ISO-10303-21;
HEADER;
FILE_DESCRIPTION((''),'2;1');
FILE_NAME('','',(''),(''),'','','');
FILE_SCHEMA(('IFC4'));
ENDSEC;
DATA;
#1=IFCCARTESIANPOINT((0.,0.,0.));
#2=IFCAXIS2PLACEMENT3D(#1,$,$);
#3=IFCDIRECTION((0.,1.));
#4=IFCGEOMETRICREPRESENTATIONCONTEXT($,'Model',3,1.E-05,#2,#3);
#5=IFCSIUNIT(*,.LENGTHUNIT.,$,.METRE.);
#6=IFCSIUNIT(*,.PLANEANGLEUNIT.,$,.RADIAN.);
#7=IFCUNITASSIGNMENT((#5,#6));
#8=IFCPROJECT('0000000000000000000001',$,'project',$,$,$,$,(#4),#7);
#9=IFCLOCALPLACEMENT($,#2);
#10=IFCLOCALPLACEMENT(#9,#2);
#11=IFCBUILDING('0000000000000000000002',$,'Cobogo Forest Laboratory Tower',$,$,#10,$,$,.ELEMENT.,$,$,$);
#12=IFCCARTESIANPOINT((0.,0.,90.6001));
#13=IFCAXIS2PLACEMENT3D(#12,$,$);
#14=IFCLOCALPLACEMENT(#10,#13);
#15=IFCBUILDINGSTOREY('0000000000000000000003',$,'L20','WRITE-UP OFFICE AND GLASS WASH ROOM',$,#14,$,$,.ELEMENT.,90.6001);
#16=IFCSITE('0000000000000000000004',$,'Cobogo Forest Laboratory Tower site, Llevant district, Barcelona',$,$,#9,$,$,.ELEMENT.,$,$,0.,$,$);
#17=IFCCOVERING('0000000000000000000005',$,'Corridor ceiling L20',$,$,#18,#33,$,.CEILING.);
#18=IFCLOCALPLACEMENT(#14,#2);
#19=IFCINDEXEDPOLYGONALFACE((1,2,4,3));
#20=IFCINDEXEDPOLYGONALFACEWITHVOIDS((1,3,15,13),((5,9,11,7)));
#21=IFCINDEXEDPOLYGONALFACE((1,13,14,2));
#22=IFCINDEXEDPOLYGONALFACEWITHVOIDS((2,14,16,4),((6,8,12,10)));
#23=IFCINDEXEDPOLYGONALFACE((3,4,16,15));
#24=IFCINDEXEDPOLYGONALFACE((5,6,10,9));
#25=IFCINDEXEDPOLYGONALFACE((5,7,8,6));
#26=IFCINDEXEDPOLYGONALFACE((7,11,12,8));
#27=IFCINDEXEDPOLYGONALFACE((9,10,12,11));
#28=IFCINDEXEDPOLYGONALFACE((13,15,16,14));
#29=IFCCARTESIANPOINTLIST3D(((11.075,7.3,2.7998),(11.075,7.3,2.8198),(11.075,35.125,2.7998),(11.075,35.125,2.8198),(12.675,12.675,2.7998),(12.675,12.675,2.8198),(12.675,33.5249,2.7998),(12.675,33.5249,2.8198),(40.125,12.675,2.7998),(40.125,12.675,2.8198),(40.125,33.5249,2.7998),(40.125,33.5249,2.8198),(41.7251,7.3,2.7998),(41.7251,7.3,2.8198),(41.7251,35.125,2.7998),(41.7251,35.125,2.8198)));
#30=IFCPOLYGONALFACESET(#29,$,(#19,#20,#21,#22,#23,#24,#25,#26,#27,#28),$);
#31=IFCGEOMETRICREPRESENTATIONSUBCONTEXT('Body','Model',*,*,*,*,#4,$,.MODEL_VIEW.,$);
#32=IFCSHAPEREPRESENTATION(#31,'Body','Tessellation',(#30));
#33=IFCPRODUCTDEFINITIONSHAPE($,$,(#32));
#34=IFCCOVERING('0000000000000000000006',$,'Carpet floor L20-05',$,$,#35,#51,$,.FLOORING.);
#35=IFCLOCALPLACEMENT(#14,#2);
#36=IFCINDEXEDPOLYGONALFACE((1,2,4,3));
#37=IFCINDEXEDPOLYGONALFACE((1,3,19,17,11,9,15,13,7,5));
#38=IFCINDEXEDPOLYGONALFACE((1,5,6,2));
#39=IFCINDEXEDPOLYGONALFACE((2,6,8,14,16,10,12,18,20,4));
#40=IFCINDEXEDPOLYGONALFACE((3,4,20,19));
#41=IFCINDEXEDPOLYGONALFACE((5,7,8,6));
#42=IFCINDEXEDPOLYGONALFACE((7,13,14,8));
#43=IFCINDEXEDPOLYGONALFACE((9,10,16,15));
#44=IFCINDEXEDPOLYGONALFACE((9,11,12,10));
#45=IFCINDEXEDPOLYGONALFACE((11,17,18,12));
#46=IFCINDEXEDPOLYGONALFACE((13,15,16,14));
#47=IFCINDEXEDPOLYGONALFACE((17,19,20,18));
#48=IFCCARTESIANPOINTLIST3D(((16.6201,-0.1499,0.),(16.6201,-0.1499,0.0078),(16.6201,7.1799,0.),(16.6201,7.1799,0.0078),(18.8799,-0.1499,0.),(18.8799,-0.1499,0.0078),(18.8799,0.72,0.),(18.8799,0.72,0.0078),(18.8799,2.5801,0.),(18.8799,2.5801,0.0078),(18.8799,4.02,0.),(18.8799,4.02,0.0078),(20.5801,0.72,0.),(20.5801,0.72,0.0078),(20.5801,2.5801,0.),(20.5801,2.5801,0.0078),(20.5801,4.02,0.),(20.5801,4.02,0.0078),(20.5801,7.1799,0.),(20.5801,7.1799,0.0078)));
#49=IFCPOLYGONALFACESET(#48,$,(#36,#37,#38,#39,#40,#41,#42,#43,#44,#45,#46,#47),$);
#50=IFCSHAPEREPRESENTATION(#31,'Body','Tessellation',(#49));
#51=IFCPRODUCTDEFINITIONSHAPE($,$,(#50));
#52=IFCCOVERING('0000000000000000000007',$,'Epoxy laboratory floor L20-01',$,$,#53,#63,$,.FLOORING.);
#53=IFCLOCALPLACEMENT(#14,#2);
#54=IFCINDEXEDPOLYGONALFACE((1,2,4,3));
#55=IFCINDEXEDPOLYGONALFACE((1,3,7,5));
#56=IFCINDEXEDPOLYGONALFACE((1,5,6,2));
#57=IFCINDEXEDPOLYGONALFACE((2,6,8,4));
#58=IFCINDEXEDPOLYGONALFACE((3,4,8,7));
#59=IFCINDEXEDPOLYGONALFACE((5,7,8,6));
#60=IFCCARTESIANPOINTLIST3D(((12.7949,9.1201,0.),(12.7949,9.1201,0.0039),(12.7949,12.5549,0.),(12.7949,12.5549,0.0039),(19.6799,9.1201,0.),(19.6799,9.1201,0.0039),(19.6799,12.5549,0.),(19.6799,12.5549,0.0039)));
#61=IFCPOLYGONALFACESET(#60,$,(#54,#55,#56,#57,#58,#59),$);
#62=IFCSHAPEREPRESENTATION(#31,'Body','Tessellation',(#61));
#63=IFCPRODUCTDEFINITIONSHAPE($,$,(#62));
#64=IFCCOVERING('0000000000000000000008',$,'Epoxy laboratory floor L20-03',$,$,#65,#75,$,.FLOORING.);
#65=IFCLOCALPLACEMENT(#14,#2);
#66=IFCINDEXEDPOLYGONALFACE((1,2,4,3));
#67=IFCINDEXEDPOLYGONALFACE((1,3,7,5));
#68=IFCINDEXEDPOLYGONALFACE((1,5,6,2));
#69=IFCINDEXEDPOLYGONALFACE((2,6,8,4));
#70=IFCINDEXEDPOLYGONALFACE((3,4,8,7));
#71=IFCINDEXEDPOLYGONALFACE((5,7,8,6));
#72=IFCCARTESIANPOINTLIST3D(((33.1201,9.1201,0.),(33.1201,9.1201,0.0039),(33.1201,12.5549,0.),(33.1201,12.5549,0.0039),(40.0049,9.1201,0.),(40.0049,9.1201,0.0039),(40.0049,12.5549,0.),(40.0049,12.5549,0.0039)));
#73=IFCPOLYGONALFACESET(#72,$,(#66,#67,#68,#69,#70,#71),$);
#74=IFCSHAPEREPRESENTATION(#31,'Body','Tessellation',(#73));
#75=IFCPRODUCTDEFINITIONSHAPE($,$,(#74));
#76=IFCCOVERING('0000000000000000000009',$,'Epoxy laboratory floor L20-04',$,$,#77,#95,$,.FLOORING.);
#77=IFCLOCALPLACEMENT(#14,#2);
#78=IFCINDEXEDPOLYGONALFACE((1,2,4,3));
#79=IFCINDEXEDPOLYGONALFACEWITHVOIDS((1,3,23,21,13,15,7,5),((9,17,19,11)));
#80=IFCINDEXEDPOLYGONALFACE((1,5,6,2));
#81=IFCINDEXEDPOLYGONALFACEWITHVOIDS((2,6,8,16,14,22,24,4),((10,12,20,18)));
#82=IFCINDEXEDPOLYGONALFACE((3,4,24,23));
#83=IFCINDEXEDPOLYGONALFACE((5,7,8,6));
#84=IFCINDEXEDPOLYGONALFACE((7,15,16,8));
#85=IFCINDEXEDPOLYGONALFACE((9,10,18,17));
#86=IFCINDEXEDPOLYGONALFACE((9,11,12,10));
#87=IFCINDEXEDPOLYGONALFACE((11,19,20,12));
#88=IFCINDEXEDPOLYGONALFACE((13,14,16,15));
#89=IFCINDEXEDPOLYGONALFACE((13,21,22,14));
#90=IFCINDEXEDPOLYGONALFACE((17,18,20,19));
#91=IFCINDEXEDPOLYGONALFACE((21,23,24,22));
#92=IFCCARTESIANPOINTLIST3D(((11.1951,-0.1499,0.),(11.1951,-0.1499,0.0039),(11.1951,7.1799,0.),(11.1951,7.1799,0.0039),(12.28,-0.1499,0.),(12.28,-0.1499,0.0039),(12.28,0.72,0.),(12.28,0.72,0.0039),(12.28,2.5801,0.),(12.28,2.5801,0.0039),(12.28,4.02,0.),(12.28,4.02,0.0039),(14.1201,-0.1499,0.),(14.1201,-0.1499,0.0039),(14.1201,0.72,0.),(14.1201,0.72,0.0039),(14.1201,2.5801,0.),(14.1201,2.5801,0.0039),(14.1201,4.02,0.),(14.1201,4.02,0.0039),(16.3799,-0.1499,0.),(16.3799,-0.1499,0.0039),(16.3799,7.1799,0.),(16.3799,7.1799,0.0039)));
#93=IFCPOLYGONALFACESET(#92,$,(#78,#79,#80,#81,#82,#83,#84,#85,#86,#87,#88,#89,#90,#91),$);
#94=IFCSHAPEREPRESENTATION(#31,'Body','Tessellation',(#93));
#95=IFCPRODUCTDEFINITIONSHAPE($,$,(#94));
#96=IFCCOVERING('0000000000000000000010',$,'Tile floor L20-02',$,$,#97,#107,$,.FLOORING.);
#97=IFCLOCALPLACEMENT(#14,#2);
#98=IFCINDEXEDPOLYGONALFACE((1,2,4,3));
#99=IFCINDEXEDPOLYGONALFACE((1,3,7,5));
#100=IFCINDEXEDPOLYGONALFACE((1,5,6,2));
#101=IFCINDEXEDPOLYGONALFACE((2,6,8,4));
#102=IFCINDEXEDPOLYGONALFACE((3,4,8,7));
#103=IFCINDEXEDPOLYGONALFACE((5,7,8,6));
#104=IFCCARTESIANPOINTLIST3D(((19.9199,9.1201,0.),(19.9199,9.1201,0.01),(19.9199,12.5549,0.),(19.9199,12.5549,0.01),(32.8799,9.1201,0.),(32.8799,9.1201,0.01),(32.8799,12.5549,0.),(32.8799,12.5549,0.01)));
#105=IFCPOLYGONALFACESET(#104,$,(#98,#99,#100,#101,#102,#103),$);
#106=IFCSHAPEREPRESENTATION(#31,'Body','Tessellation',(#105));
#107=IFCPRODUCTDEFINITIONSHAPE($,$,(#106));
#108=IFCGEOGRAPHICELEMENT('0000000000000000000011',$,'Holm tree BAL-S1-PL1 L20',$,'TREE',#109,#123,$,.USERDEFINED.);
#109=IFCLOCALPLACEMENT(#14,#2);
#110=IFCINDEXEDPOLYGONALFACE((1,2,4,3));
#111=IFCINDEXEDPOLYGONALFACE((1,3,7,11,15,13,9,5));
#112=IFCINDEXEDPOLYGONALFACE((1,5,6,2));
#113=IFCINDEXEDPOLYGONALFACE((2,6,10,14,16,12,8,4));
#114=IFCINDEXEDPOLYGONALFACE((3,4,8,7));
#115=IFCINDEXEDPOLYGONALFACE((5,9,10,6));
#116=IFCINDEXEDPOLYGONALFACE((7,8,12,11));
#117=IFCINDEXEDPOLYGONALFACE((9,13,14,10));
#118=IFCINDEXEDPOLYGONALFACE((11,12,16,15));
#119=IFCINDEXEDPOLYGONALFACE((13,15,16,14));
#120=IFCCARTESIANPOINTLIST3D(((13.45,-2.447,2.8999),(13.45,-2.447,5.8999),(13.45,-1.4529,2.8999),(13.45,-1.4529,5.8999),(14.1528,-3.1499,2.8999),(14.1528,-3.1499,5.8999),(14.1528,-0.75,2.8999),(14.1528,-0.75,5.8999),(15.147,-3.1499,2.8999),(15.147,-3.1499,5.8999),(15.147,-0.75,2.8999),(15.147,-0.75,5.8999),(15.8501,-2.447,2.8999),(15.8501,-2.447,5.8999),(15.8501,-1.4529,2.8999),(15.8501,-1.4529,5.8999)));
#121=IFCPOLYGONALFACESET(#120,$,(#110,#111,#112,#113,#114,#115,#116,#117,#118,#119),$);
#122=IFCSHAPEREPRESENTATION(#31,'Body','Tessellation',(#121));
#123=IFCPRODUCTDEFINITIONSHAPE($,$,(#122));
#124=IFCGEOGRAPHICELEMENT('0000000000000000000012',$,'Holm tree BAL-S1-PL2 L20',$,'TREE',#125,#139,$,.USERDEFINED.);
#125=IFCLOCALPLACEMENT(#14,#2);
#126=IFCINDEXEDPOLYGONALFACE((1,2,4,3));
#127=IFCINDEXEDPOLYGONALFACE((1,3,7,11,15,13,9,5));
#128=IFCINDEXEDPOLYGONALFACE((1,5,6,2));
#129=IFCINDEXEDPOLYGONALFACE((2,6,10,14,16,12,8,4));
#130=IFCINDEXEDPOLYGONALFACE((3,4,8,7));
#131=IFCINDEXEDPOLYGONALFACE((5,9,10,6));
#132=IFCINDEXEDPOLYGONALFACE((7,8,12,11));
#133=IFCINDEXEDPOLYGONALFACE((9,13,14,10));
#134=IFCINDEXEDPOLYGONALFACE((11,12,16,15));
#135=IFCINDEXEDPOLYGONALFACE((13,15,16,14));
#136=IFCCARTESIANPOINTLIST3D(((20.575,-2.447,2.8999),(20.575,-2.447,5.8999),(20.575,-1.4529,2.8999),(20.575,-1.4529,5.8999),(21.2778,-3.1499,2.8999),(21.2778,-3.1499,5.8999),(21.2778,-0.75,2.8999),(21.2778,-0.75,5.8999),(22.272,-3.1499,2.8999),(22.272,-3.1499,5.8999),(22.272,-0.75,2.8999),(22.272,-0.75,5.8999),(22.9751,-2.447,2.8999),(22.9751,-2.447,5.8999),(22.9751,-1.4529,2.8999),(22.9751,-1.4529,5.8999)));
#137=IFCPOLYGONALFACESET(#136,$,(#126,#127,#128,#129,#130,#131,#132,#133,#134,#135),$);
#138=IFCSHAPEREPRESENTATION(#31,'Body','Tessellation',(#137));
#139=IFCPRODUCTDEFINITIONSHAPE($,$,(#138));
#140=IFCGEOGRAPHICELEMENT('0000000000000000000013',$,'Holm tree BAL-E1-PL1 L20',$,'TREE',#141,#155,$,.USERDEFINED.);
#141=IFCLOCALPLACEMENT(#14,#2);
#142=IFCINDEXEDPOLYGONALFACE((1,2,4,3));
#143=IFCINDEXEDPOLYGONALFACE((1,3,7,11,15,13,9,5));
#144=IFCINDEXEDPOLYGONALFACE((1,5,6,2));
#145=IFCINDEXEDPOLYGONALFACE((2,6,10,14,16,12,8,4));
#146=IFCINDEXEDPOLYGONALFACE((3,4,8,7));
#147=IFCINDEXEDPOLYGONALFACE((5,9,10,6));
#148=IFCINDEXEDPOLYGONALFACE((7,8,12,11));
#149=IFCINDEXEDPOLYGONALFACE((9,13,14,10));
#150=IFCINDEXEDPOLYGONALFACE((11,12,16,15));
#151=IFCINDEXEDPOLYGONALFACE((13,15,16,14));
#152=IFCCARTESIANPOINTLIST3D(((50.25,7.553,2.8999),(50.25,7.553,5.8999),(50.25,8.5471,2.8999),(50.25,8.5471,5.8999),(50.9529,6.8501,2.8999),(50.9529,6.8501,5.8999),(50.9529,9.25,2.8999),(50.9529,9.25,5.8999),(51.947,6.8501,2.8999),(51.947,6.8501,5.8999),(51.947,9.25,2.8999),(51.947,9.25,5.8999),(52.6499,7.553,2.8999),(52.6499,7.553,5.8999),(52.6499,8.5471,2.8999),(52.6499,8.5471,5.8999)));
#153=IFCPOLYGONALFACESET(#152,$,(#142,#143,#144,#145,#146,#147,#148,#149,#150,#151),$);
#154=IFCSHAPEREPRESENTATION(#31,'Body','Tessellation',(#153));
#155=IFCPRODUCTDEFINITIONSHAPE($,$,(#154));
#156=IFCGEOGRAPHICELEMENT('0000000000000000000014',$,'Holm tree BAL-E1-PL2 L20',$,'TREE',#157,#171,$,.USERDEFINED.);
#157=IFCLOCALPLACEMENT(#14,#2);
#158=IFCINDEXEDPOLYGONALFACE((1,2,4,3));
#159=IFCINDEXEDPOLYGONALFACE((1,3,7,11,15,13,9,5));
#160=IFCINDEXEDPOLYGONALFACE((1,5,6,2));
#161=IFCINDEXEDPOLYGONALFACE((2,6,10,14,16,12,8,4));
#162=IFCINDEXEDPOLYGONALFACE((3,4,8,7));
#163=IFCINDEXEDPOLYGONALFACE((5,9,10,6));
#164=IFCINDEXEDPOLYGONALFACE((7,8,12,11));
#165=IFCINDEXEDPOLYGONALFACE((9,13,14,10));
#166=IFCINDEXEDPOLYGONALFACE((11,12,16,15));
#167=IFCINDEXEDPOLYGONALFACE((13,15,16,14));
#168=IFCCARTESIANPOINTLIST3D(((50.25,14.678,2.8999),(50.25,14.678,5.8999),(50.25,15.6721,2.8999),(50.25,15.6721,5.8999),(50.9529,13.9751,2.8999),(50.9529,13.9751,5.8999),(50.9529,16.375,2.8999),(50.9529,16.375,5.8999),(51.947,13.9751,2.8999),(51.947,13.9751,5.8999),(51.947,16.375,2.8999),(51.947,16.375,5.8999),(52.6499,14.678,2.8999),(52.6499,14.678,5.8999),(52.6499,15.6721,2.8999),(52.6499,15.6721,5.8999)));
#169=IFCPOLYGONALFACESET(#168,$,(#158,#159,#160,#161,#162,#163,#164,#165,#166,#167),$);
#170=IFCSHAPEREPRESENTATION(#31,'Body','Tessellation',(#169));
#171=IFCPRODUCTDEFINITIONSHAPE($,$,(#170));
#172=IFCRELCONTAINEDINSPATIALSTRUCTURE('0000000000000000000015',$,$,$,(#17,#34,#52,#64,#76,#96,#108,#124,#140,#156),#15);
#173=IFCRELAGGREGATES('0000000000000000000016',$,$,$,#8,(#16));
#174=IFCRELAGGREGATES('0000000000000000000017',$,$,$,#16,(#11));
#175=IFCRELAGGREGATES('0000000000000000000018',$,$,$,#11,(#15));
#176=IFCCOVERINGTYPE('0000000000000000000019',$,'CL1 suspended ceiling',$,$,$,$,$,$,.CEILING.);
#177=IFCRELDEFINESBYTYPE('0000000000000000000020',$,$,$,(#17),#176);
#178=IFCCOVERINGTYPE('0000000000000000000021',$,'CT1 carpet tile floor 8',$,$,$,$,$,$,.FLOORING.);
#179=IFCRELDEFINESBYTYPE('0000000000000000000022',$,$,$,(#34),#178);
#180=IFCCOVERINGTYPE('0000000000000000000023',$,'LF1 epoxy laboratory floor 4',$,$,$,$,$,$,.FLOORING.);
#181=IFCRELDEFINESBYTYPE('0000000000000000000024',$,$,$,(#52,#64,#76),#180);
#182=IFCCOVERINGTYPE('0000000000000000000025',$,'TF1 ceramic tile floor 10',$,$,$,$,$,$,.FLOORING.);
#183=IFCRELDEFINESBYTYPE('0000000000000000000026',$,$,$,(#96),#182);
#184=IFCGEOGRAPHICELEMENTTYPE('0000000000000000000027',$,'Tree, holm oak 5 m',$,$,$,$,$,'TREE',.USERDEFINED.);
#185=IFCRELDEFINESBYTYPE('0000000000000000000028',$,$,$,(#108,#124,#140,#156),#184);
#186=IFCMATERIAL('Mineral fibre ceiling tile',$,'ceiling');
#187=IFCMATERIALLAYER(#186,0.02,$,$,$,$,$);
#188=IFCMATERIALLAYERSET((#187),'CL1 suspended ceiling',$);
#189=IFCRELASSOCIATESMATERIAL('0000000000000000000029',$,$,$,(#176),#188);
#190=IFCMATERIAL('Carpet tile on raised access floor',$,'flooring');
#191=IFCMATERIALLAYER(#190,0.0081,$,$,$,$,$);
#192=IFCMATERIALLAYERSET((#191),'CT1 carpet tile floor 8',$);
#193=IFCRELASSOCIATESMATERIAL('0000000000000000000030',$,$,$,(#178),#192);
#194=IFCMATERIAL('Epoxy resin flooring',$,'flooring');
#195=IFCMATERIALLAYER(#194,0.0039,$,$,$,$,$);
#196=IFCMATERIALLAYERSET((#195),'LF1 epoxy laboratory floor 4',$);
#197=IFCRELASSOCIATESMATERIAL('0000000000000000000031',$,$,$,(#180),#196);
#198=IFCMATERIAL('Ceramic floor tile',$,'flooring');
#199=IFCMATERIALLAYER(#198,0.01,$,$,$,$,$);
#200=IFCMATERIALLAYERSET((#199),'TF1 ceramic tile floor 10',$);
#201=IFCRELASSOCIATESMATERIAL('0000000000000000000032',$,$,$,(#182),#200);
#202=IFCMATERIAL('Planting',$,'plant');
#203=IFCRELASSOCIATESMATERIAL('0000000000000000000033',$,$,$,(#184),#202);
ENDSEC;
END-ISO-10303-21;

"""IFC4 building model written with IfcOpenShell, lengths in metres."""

from ifc_helpers import new_model, si_unit, direction, frame, origin, place, context, subcontext, project, spatial, polyline, outline, extrude, material, layer, layer_set, type_object, element, save


model = new_model("IFC4")

# Units and contexts
model_context = context("Model", 3, precision=1e-05, world=origin(), true_north=direction((0.0, 1.0)))
body_context = subcontext(model_context, "Body", "Model", "MODEL_VIEW")
ifc_project = project(units=[si_unit("LENGTHUNIT", "METRE"), si_unit("PLANEANGLEUNIT", "RADIAN")], contexts=[model_context])

# Site, building, storey
site_placement = place(None, origin())
site = spatial("IfcSite", under=ifc_project, at=site_placement, Name="Cobogo Forest Laboratory Tower site, Llevant district, Barcelona", CompositionType="ELEMENT", RefElevation=0.0)
building_placement = place(site_placement, origin())
building = spatial("IfcBuilding", under=site, at=building_placement, Name="Cobogo Forest Laboratory Tower", CompositionType="ELEMENT")
storey_placement = place(building_placement, frame((0.0, 0.0, 90.6001)))
storey = spatial("IfcBuildingStorey", under=building, at=storey_placement, Name="L20", Description="WRITE-UP OFFICE AND GLASS WASH ROOM", CompositionType="ELEMENT", Elevation=90.6001)

# Coverings
ifc_material_1 = material(Name="Mineral fibre ceiling tile", Category="ceiling")
ifc_layer_1 = layer(ifc_material_1, 0.02)
ifc_layer_set_1 = layer_set([ifc_layer_1], Name="CL1 suspended ceiling")
covering_type_1 = type_object("IfcCoveringType", Name="CL1 suspended ceiling", PredefinedType="CEILING", material=ifc_layer_set_1)
covering_1_placement = place(storey_placement, frame((0.0, 0.0, 2.7998)))
element("IfcCovering", 1, at=covering_1_placement, inside=storey, type_object=covering_type_1, Name="Corridor ceiling L20", PredefinedType="CEILING", context=body_context, shape_type="SweptSolid", body=[
    extrude(outline(polyline([(11.075, 7.3), (11.075, 35.125), (41.7251, 35.125), (41.7251, 7.3), (11.075, 7.3)]), holes=[polyline([(40.125, 33.5249), (12.675, 33.5249), (12.675, 12.675), (40.125, 12.675), (40.125, 33.5249)])]), origin(), (0.0, 0.0, 1.0), 0.02),
])
ifc_material_2 = material(Name="Carpet tile on raised access floor", Category="flooring")
ifc_layer_2 = layer(ifc_material_2, 0.0081)
ifc_layer_set_2 = layer_set([ifc_layer_2], Name="CT1 carpet tile floor 8")
covering_type_2 = type_object("IfcCoveringType", Name="CT1 carpet tile floor 8", PredefinedType="FLOORING", material=ifc_layer_set_2)
covering_2_placement = place(storey_placement, origin())
element("IfcCovering", 2, at=covering_2_placement, inside=storey, type_object=covering_type_2, Name="Carpet floor L20-05", PredefinedType="FLOORING", context=body_context, shape_type="SweptSolid", body=[
    extrude(outline(polyline([(18.8799, 4.02), (18.8799, 2.5801), (20.5801, 2.5801), (20.5801, 0.72), (18.8799, 0.72), (18.8799, -0.1499), (16.6201, -0.1499), (16.6201, 7.1799), (20.5801, 7.1799), (20.5801, 4.02), (18.8799, 4.02)])), origin(), (0.0, 0.0, 1.0), 0.0078),
])
ifc_material_3 = material(Name="Epoxy resin flooring", Category="flooring")
ifc_layer_3 = layer(ifc_material_3, 0.0039)
ifc_layer_set_3 = layer_set([ifc_layer_3], Name="LF1 epoxy laboratory floor 4")
covering_type_3 = type_object("IfcCoveringType", Name="LF1 epoxy laboratory floor 4", PredefinedType="FLOORING", material=ifc_layer_set_3)
covering_3_placement = place(storey_placement, origin())
element("IfcCovering", 3, at=covering_3_placement, inside=storey, type_object=covering_type_3, Name="Epoxy laboratory floor L20-01", PredefinedType="FLOORING", context=body_context, shape_type="SweptSolid", body=[
    extrude(outline(polyline([(19.6799, 9.1201), (12.7949, 9.1201), (12.7949, 12.5549), (19.6799, 12.5549), (19.6799, 9.1201)])), origin(), (0.0, 0.0, 1.0), 0.0039),
])
covering_4_placement = place(storey_placement, origin())
element("IfcCovering", 4, at=covering_4_placement, inside=storey, type_object=covering_type_3, Name="Epoxy laboratory floor L20-03", PredefinedType="FLOORING", context=body_context, shape_type="SweptSolid", body=[
    extrude(outline(polyline([(40.0049, 9.1201), (33.1201, 9.1201), (33.1201, 12.5549), (40.0049, 12.5549), (40.0049, 9.1201)])), origin(), (0.0, 0.0, 1.0), 0.0039),
])
covering_5_placement = place(storey_placement, origin())
element("IfcCovering", 5, at=covering_5_placement, inside=storey, type_object=covering_type_3, Name="Epoxy laboratory floor L20-04", PredefinedType="FLOORING", context=body_context, shape_type="SweptSolid", body=[
    extrude(outline(polyline([(16.3799, 7.1799), (16.3799, -0.1499), (14.1201, -0.1499), (14.1201, 0.72), (12.28, 0.72), (12.28, -0.1499), (11.1951, -0.1499), (11.1951, 7.1799), (16.3799, 7.1799)]), holes=[polyline([(12.28, 4.02), (12.28, 2.5801), (14.1201, 2.5801), (14.1201, 4.02), (12.28, 4.02)])]), origin(), (0.0, 0.0, 1.0), 0.0039),
])
ifc_material_4 = material(Name="Ceramic floor tile", Category="flooring")
ifc_layer_4 = layer(ifc_material_4, 0.01)
ifc_layer_set_4 = layer_set([ifc_layer_4], Name="TF1 ceramic tile floor 10")
covering_type_4 = type_object("IfcCoveringType", Name="TF1 ceramic tile floor 10", PredefinedType="FLOORING", material=ifc_layer_set_4)
covering_6_placement = place(storey_placement, origin())
element("IfcCovering", 6, at=covering_6_placement, inside=storey, type_object=covering_type_4, Name="Tile floor L20-02", PredefinedType="FLOORING", context=body_context, shape_type="SweptSolid", body=[
    extrude(outline(polyline([(32.8799, 9.1201), (19.9199, 9.1201), (19.9199, 12.5549), (32.8799, 12.5549), (32.8799, 9.1201)])), origin(), (0.0, 0.0, 1.0), 0.01),
])

# Geographic elements
ifc_material_5 = material(Name="Planting", Category="plant")
geographic_element_type = type_object("IfcGeographicElementType", Name="Tree, holm oak 5 m", ElementType="TREE", PredefinedType="USERDEFINED", material=ifc_material_5)
geographic_element_1_placement = place(storey_placement, frame((0.0, 0.0, 2.8999)))
element("IfcGeographicElement", 7, at=geographic_element_1_placement, inside=storey, type_object=geographic_element_type, Name="Holm tree BAL-S1-PL1 L20", ObjectType="TREE", PredefinedType="USERDEFINED", context=body_context, shape_type="SweptSolid", body=[
    extrude(outline(polyline([(15.8501, -2.447), (15.8501, -1.4529), (15.147, -0.75), (14.1528, -0.75), (13.45, -1.4529), (13.45, -2.447), (14.1528, -3.1499), (15.147, -3.1499), (15.8501, -2.447)])), origin(), (0.0, 0.0, 1.0), 3.0),
])
geographic_element_2_placement = place(storey_placement, frame((0.0, 0.0, 2.8999)))
element("IfcGeographicElement", 8, at=geographic_element_2_placement, inside=storey, type_object=geographic_element_type, Name="Holm tree BAL-S1-PL2 L20", ObjectType="TREE", PredefinedType="USERDEFINED", context=body_context, shape_type="SweptSolid", body=[
    extrude(outline(polyline([(22.9751, -2.447), (22.9751, -1.4529), (22.272, -0.75), (21.2778, -0.75), (20.575, -1.4529), (20.575, -2.447), (21.2778, -3.1499), (22.272, -3.1499), (22.9751, -2.447)])), origin(), (0.0, 0.0, 1.0), 3.0),
])
geographic_element_3_placement = place(storey_placement, frame((0.0, 0.0, 2.8999)))
element("IfcGeographicElement", 9, at=geographic_element_3_placement, inside=storey, type_object=geographic_element_type, Name="Holm tree BAL-E1-PL1 L20", ObjectType="TREE", PredefinedType="USERDEFINED", context=body_context, shape_type="SweptSolid", body=[
    extrude(outline(polyline([(52.6499, 7.553), (52.6499, 8.5471), (51.947, 9.25), (50.9529, 9.25), (50.25, 8.5471), (50.25, 7.553), (50.9529, 6.8501), (51.947, 6.8501), (52.6499, 7.553)])), origin(), (0.0, 0.0, 1.0), 3.0),
])
geographic_element_4_placement = place(storey_placement, frame((0.0, 0.0, 2.8999)))
element("IfcGeographicElement", 10, at=geographic_element_4_placement, inside=storey, type_object=geographic_element_type, Name="Holm tree BAL-E1-PL2 L20", ObjectType="TREE", PredefinedType="USERDEFINED", context=body_context, shape_type="SweptSolid", body=[
    extrude(outline(polyline([(52.6499, 14.678), (52.6499, 15.6721), (51.947, 16.375), (50.9529, 16.375), (50.25, 15.6721), (50.25, 14.678), (50.9529, 13.9751), (51.947, 13.9751), (52.6499, 14.678)])), origin(), (0.0, 0.0, 1.0), 3.0),
])

save(model, "model.ifc")
